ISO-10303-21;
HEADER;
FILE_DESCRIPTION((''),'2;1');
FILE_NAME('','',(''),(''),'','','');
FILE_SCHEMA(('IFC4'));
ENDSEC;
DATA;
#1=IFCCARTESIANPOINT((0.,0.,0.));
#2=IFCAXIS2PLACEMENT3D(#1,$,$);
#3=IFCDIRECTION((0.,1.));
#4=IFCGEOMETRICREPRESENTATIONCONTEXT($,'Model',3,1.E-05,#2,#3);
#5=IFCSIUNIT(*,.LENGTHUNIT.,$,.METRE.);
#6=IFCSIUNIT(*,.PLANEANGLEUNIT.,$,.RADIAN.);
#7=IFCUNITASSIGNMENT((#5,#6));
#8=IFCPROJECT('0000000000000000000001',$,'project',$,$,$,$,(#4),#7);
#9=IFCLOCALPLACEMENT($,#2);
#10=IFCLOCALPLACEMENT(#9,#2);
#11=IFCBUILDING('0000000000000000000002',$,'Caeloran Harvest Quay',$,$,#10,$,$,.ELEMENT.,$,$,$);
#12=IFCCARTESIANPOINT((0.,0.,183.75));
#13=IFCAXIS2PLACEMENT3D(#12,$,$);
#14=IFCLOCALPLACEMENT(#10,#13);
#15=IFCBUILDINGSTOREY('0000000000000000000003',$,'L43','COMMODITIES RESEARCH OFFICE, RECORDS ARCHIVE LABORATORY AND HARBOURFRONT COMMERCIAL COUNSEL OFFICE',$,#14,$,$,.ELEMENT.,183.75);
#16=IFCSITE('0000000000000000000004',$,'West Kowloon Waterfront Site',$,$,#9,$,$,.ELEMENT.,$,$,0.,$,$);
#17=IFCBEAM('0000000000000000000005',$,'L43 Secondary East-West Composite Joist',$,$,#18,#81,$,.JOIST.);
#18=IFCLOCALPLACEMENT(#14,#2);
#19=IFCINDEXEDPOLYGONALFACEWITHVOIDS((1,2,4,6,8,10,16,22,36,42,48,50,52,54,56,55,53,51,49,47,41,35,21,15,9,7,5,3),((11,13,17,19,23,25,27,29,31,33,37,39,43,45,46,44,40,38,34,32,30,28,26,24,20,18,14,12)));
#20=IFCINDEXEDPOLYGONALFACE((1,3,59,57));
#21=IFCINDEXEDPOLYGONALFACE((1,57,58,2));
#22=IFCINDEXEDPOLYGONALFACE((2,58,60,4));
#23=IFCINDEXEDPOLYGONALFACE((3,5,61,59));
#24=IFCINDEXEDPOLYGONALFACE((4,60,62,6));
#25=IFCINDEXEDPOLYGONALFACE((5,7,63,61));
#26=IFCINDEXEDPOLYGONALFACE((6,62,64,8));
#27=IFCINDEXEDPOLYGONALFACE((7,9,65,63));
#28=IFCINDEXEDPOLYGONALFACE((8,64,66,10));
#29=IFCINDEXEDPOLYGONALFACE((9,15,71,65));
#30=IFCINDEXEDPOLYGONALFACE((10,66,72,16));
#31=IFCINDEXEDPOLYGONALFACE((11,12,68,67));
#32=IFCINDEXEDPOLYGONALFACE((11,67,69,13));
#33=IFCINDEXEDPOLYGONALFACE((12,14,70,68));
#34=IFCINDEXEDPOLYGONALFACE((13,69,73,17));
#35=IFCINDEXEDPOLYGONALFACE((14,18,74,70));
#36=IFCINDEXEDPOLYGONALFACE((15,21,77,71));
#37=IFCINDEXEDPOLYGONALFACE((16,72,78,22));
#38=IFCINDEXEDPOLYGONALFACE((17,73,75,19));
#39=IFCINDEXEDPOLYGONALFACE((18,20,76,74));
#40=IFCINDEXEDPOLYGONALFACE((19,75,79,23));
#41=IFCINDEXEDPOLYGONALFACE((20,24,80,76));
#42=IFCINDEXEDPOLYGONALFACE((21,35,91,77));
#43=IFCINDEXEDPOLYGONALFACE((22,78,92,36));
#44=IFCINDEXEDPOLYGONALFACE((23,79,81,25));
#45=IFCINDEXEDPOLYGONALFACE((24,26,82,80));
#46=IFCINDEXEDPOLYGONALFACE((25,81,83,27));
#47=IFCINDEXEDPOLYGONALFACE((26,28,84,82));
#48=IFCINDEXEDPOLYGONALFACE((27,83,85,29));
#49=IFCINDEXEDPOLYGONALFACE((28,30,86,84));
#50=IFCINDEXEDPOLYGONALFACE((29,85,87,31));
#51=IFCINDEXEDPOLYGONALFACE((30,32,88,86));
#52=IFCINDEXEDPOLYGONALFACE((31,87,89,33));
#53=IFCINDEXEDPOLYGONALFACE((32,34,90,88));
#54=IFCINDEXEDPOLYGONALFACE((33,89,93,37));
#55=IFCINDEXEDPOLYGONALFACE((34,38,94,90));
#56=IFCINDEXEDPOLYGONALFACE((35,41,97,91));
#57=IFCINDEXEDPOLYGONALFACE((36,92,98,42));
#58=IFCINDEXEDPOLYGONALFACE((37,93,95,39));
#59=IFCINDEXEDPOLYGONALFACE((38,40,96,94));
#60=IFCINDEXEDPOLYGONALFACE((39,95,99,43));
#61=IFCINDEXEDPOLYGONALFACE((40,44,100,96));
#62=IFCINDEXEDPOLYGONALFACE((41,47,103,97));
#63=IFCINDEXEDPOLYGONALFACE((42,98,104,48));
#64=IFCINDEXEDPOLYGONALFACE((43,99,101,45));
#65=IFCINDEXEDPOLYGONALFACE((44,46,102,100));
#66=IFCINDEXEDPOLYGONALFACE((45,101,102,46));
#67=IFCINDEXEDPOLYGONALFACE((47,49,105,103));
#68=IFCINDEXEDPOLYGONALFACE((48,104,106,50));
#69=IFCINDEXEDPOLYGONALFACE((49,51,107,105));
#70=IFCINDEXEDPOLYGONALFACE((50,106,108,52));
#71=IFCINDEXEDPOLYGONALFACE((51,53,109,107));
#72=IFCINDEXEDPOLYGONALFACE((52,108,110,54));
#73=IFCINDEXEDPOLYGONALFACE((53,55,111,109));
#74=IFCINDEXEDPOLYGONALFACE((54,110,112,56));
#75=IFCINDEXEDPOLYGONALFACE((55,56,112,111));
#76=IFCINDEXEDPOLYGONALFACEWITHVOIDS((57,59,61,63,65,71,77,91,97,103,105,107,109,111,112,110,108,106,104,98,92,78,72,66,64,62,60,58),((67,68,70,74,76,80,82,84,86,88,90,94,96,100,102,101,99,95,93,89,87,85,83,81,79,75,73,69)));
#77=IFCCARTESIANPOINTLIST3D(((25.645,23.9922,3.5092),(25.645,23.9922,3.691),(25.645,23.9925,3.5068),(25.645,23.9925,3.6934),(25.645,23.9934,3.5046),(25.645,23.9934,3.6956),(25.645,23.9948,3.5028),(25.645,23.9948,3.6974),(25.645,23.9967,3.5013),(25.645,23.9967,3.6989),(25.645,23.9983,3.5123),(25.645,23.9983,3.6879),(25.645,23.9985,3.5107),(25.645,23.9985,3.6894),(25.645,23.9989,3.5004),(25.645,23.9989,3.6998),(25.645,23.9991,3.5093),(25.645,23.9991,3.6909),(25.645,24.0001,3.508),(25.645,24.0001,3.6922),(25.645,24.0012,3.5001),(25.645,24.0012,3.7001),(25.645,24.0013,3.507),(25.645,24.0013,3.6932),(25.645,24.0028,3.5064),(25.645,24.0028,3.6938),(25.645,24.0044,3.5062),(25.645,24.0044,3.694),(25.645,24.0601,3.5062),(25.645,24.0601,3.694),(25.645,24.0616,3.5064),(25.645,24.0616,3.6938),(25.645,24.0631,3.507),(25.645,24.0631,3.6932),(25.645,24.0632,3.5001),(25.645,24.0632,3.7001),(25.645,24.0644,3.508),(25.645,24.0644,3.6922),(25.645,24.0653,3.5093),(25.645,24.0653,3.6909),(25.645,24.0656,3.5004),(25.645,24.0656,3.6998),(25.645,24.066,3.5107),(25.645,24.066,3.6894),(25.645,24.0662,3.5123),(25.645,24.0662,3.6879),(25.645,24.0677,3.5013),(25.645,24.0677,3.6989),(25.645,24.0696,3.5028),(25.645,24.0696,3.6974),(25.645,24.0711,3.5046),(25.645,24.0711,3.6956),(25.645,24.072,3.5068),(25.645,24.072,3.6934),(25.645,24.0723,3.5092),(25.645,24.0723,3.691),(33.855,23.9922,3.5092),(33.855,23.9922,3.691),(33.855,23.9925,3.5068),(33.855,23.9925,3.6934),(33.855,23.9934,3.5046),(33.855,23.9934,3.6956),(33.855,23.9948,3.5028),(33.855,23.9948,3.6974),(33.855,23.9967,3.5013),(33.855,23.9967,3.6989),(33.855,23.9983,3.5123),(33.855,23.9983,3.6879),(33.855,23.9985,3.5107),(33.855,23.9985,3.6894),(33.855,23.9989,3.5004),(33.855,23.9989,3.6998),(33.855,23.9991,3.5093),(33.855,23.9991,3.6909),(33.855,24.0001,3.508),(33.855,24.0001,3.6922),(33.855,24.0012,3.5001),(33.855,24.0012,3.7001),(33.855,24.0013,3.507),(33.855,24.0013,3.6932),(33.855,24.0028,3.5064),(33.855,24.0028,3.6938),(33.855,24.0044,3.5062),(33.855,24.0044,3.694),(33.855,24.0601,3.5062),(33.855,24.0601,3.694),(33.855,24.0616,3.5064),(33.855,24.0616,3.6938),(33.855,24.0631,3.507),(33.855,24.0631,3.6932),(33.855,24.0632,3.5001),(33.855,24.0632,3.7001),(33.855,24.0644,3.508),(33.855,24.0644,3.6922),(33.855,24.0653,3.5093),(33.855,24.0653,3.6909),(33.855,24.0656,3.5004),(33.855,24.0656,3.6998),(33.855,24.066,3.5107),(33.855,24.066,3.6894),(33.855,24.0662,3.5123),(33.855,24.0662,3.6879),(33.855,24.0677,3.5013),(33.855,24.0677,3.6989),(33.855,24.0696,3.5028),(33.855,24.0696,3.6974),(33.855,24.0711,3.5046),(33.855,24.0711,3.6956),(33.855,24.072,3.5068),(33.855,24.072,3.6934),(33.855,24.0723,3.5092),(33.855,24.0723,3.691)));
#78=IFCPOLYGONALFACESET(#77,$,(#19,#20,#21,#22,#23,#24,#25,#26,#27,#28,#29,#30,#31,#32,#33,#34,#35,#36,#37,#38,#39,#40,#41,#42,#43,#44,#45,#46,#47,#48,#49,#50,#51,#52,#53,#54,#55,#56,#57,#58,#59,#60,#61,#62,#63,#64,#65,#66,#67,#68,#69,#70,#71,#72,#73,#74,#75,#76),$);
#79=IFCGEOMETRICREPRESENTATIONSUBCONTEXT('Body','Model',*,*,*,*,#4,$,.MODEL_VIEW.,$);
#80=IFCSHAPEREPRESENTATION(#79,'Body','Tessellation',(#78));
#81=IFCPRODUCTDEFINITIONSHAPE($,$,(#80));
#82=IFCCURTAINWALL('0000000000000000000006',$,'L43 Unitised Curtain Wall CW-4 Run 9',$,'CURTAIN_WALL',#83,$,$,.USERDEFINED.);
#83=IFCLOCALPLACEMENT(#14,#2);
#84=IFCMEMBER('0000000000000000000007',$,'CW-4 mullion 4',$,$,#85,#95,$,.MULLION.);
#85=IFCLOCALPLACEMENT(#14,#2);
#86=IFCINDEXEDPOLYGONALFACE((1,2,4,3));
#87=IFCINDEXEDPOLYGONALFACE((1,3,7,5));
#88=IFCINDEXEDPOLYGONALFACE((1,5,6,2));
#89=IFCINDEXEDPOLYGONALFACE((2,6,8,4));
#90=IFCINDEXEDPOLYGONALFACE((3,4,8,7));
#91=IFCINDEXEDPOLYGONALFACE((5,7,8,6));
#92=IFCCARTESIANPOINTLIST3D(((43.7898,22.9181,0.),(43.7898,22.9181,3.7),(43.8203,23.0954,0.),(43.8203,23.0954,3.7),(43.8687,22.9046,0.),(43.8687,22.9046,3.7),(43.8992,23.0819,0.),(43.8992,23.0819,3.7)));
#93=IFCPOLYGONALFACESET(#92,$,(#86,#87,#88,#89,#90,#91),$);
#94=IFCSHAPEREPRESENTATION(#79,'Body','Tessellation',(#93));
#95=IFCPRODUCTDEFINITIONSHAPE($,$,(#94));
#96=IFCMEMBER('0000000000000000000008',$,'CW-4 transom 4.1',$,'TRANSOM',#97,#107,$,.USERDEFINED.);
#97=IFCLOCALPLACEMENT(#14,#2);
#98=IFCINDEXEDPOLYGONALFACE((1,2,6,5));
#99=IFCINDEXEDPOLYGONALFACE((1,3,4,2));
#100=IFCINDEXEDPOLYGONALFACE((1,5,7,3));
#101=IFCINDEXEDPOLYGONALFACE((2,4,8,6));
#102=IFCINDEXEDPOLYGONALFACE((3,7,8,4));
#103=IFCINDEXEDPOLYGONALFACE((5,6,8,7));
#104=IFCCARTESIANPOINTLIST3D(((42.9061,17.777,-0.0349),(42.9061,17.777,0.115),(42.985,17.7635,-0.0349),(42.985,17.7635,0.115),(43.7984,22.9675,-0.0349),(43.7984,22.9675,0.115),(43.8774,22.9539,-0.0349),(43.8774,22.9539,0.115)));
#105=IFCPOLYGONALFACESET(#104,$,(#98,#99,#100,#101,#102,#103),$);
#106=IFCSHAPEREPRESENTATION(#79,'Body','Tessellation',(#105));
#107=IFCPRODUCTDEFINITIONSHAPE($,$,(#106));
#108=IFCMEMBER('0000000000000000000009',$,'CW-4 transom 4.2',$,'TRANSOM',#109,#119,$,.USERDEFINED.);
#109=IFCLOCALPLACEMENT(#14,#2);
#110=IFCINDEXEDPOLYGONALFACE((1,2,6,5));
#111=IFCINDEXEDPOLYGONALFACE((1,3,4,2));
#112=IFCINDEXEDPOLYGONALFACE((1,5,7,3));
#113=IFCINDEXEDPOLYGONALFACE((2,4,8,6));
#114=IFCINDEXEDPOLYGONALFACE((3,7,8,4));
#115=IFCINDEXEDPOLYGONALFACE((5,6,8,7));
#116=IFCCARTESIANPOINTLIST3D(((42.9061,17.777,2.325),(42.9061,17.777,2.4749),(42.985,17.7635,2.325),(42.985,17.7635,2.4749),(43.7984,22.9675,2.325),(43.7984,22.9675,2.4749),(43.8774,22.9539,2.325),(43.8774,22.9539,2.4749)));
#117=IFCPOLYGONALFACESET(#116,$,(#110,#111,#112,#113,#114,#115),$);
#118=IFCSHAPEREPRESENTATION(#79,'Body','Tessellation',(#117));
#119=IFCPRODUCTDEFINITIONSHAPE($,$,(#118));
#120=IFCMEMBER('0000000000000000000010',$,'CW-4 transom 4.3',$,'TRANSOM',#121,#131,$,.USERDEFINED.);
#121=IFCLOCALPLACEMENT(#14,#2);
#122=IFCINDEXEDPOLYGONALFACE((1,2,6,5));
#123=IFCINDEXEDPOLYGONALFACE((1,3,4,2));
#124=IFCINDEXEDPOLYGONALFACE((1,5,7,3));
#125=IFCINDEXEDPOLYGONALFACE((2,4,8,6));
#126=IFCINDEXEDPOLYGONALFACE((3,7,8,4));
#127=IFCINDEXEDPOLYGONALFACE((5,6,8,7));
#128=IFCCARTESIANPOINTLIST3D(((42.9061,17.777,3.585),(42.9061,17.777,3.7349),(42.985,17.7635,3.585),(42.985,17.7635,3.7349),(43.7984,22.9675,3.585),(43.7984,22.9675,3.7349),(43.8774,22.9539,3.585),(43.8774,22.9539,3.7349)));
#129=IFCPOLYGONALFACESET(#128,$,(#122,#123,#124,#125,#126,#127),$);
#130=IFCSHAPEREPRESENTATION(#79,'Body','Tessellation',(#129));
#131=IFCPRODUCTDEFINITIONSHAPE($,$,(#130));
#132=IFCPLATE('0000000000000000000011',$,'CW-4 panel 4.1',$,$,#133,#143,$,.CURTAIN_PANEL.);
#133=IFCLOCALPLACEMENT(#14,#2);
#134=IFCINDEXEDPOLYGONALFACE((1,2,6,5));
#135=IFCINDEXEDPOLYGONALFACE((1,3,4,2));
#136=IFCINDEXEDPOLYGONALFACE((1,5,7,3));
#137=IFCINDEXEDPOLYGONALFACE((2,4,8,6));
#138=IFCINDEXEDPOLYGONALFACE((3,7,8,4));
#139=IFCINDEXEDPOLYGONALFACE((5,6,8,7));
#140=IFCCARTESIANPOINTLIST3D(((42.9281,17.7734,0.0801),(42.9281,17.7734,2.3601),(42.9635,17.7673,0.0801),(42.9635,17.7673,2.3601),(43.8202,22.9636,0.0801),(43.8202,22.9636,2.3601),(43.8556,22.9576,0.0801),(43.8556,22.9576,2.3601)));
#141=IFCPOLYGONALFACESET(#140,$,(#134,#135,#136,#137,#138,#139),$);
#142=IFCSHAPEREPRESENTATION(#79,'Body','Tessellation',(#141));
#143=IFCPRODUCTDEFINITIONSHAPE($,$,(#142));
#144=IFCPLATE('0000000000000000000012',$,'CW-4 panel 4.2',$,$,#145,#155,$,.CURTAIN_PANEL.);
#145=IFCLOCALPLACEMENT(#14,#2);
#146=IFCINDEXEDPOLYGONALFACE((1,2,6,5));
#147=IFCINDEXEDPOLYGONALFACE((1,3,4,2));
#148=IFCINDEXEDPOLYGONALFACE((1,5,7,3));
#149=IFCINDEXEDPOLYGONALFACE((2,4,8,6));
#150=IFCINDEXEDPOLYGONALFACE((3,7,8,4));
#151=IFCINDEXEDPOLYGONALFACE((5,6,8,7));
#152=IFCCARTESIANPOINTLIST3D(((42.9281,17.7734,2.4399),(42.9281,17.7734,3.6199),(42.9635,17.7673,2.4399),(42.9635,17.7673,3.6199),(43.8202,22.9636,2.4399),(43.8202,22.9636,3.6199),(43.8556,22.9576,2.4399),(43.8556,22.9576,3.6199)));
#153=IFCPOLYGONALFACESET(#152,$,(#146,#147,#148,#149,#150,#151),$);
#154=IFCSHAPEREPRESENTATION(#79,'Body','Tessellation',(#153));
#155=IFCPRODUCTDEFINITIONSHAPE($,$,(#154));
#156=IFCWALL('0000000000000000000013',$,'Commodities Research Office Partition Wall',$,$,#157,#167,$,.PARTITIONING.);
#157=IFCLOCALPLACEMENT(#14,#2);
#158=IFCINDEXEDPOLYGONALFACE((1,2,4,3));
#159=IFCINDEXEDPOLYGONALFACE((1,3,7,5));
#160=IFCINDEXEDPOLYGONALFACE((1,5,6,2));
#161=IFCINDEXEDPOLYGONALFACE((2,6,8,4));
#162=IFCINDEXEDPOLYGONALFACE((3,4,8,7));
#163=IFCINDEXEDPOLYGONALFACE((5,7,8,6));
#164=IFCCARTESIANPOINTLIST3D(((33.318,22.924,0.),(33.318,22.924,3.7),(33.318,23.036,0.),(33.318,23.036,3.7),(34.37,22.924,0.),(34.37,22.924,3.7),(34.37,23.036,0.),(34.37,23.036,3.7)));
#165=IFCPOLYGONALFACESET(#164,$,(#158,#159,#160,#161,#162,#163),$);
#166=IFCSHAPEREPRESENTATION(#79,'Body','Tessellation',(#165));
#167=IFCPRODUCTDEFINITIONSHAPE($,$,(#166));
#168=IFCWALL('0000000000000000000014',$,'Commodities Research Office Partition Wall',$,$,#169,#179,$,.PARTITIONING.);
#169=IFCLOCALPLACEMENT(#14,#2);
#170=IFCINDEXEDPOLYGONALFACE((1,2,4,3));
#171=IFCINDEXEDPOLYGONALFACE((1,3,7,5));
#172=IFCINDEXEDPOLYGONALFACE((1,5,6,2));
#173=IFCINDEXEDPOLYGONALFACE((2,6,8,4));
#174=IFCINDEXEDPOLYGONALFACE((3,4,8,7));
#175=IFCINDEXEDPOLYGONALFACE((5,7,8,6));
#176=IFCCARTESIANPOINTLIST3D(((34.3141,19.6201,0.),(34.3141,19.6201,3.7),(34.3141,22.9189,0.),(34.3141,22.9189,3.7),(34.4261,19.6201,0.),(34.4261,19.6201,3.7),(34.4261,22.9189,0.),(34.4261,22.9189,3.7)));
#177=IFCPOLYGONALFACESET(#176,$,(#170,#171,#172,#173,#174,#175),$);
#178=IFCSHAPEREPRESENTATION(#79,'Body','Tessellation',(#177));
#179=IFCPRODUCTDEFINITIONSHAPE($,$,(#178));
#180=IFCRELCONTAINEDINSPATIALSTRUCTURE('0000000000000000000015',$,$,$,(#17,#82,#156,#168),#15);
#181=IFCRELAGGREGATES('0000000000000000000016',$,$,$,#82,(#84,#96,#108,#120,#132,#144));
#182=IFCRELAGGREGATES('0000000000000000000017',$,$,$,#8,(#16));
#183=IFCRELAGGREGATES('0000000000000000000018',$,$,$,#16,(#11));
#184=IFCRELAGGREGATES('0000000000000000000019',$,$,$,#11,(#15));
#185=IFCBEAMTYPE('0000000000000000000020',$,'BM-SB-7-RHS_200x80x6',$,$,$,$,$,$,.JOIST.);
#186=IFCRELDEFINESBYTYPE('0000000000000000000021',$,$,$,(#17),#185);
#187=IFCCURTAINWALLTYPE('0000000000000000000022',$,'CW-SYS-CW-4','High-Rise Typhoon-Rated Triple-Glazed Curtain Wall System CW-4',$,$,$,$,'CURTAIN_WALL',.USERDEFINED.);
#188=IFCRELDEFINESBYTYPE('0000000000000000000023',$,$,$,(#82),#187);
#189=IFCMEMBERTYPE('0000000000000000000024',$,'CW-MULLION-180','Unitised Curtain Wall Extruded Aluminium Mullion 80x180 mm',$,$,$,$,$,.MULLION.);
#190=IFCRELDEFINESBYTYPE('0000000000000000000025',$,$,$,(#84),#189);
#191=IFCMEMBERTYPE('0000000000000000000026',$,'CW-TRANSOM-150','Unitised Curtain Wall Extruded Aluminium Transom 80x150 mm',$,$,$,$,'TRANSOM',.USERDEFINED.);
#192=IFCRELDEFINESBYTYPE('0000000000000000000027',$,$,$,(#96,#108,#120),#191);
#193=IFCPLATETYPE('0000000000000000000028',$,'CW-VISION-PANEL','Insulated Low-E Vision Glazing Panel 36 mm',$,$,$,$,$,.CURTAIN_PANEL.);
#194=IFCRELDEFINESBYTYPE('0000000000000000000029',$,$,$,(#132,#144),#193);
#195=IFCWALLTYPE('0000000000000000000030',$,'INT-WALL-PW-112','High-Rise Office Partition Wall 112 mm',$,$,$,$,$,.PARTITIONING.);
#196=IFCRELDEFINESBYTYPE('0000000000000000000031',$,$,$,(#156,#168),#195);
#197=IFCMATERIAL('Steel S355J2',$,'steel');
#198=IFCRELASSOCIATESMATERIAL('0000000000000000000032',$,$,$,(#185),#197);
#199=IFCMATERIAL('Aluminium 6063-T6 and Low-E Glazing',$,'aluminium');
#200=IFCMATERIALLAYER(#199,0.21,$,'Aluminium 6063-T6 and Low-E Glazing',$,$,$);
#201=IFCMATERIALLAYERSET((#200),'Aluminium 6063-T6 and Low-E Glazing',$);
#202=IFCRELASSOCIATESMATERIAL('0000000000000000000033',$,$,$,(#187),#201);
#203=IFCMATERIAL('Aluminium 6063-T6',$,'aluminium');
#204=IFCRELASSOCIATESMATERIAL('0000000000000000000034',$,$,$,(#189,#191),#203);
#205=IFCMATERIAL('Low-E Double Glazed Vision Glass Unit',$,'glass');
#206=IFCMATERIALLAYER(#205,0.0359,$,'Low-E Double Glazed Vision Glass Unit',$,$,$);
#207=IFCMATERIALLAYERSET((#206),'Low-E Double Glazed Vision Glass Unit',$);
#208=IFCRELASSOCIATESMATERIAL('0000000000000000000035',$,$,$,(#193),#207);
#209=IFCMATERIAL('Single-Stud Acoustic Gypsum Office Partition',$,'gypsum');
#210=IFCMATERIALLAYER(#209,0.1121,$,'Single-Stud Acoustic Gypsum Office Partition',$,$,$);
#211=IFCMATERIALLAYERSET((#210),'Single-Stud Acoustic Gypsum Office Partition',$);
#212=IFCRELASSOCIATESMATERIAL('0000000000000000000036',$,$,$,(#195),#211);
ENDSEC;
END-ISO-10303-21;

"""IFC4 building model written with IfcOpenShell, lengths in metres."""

from ifc_helpers import new_model, si_unit, direction, frame, frame_2d, origin, origin_2d, place, context, subcontext, project, spatial, rectangle, hollow_rectangle, extrude, material, layer, layer_set, material_profile, profile_set, type_object, element, aggregate, save


model = new_model("IFC4")

# Units and contexts
model_context = context("Model", 3, precision=1e-05, world=origin(), true_north=direction((0.0, 1.0)))
body_context = subcontext(model_context, "Body", "Model", "MODEL_VIEW")
ifc_project = project(units=[si_unit("LENGTHUNIT", "METRE"), si_unit("PLANEANGLEUNIT", "RADIAN")], contexts=[model_context])

# Site, building, storey
site_placement = place(None, origin())
site = spatial("IfcSite", under=ifc_project, at=site_placement, Name="West Kowloon Waterfront Site", CompositionType="ELEMENT", RefElevation=0.0)
building_placement = place(site_placement, origin())
building = spatial("IfcBuilding", under=site, at=building_placement, Name="Caeloran Harvest Quay", CompositionType="ELEMENT")
storey_placement = place(building_placement, frame((0.0, 0.0, 183.75)))
storey = spatial("IfcBuildingStorey", under=building, at=storey_placement, Name="L43", Description="COMMODITIES RESEARCH OFFICE, RECORDS ARCHIVE LABORATORY AND HARBOURFRONT COMMERCIAL COUNSEL OFFICE", CompositionType="ELEMENT", Elevation=183.75)

# Beam
ifc_material_1 = material(Name="Steel S355J2", Category="steel")
ifc_material_profile_1 = material_profile(ifc_material_1, hollow_rectangle(XDim=0.0801, YDim=0.2, WallThickness=0.0061, InnerFilletRadius=0.0061, OuterFilletRadius=0.009, at=origin_2d()), Name="RHS 200x80x6")
ifc_profile_set_1 = profile_set([ifc_material_profile_1], Name="Steel S355J2")
beam_type_1 = type_object("IfcBeamType", Name="BM-SB-7-RHS_200x80x6", PredefinedType="JOIST", material=ifc_profile_set_1)
for number, where, z_axis, x_axis, name in (
    (1, (25.645, 24.0322, 3.6001), (1.0, 0.0, 0.0), (0.0, 1.0, 0.0), "L43 Secondary East-West Composite Joist"),
):
    element("IfcBeam", number, at=place(storey_placement, frame(where, z_axis=z_axis, x_axis=x_axis)), inside=storey, type_object=beam_type_1, Name=name, PredefinedType="JOIST", context=body_context, shape_type="SweptSolid", body=[
        extrude(hollow_rectangle(XDim=0.0801, YDim=0.2, WallThickness=0.0061, InnerFilletRadius=0.0061, OuterFilletRadius=0.009, at=origin_2d()), origin(), (0.0, 0.0, 1.0), 8.21),
    ])

# Curtain wall, members, plates
ifc_material_2 = material(Name="Aluminium 6063-T6 and Low-E Glazing", Category="aluminium")
ifc_layer_1 = layer(ifc_material_2, 0.21, Name="Aluminium 6063-T6 and Low-E Glazing")
ifc_layer_set_1 = layer_set([ifc_layer_1], Name="Aluminium 6063-T6 and Low-E Glazing")
curtain_wall_type = type_object("IfcCurtainWallType", Name="CW-SYS-CW-4", Description="High-Rise Typhoon-Rated Triple-Glazed Curtain Wall System CW-4", ElementType="CURTAIN_WALL", PredefinedType="USERDEFINED", material=ifc_layer_set_1)
curtain_wall_placement = place(storey_placement, origin())
curtain_wall = element("IfcCurtainWall", 2, at=curtain_wall_placement, inside=storey, type_object=curtain_wall_type, Name="L43 Unitised Curtain Wall CW-4 Run 9", ObjectType="CURTAIN_WALL", PredefinedType="USERDEFINED")
ifc_material_3 = material(Name="Aluminium 6063-T6", Category="aluminium")
ifc_material_profile_2 = material_profile(ifc_material_3, rectangle(XDim=0.0801, YDim=0.1799, at=origin_2d()), Name="CW-MULLION-180")
ifc_profile_set_2 = profile_set([ifc_material_profile_2], Name="Aluminium 6063-T6")
member_type_1 = type_object("IfcMemberType", Name="CW-MULLION-180", Description="Unitised Curtain Wall Extruded Aluminium Mullion 80x180 mm", PredefinedType="MULLION", material=ifc_profile_set_2)
member_1_placement = place(storey_placement, frame((43.8445, 23.0, 0.0), z_axis=(0.0, 0.0, 1.0), x_axis=(0.985549, -0.169392, 0.0)))
member_1 = element("IfcMember", 3, at=member_1_placement, type_object=member_type_1, Name="CW-4 mullion 4", PredefinedType="MULLION", context=body_context, shape_type="SweptSolid", body=[
    extrude(rectangle(XDim=0.0801, YDim=0.1799, at=origin_2d()), origin(), (0.0, 0.0, 1.0), 3.7),
])
ifc_material_profile_3 = material_profile(ifc_material_3, rectangle(XDim=0.0801, YDim=0.1499, at=origin_2d()), Name="CW-TRANSOM-150")
ifc_profile_set_3 = profile_set([ifc_material_profile_3], Name="Aluminium 6063-T6")
member_type_2 = type_object("IfcMemberType", Name="CW-TRANSOM-150", Description="Unitised Curtain Wall Extruded Aluminium Transom 80x150 mm", ElementType="TRANSOM", PredefinedType="USERDEFINED", material=ifc_profile_set_3)
member_2_placement = place(storey_placement, frame((43.8379, 22.9607, 0.04), z_axis=(-0.169433, -0.985542, 0.0), x_axis=(0.985542, -0.169433, 0.0)))
member_2 = element("IfcMember", 4, at=member_2_placement, type_object=member_type_2, Name="CW-4 transom 4.1", ObjectType="TRANSOM", PredefinedType="USERDEFINED", context=body_context, shape_type="SweptSolid", body=[
    extrude(rectangle(XDim=0.0801, YDim=0.1499, at=origin_2d()), origin(), (0.0, 0.0, 1.0), 5.2666),
])
member_3_placement = place(storey_placement, frame((43.8379, 22.9607, 2.3999), z_axis=(-0.169433, -0.985542, 0.0), x_axis=(0.985542, -0.169433, 0.0)))
member_3 = element("IfcMember", 5, at=member_3_placement, type_object=member_type_2, Name="CW-4 transom 4.2", ObjectType="TRANSOM", PredefinedType="USERDEFINED", context=body_context, shape_type="SweptSolid", body=[
    extrude(rectangle(XDim=0.0801, YDim=0.1499, at=origin_2d()), origin(), (0.0, 0.0, 1.0), 5.2666),
])
member_4_placement = place(storey_placement, frame((43.8379, 22.9607, 3.6599), z_axis=(-0.169433, -0.985542, 0.0), x_axis=(0.985542, -0.169433, 0.0)))
member_4 = element("IfcMember", 6, at=member_4_placement, type_object=member_type_2, Name="CW-4 transom 4.3", ObjectType="TRANSOM", PredefinedType="USERDEFINED", context=body_context, shape_type="SweptSolid", body=[
    extrude(rectangle(XDim=0.0801, YDim=0.1499, at=origin_2d()), origin(), (0.0, 0.0, 1.0), 5.2666),
])
ifc_material_4 = material(Name="Low-E Double Glazed Vision Glass Unit", Category="glass")
ifc_layer_2 = layer(ifc_material_4, 0.0359, Name="Low-E Double Glazed Vision Glass Unit")
ifc_layer_set_2 = layer_set([ifc_layer_2], Name="Low-E Double Glazed Vision Glass Unit")
plate_type = type_object("IfcPlateType", Name="CW-VISION-PANEL", Description="Insulated Low-E Vision Glazing Panel 36 mm", PredefinedType="CURTAIN_PANEL", material=ifc_layer_set_2)
plate_1_placement = place(storey_placement, frame((43.3918, 20.3655, 0.0801), z_axis=(0.0, 0.0, 1.0), x_axis=(-0.169392, -0.985549, 0.0)))
plate_1 = element("IfcPlate", 7, at=plate_1_placement, type_object=plate_type, Name="CW-4 panel 4.1", PredefinedType="CURTAIN_PANEL", context=body_context, shape_type="SweptSolid", body=[
    extrude(rectangle(XDim=5.2664, YDim=0.0359, at=origin_2d()), origin(), (0.0, 0.0, 1.0), 2.28),
])
plate_2_placement = place(storey_placement, frame((43.3918, 20.3655, 2.4399), z_axis=(0.0, 0.0, 1.0), x_axis=(-0.169392, -0.985549, 0.0)))
plate_2 = element("IfcPlate", 8, at=plate_2_placement, type_object=plate_type, Name="CW-4 panel 4.2", PredefinedType="CURTAIN_PANEL", context=body_context, shape_type="SweptSolid", body=[
    extrude(rectangle(XDim=5.2664, YDim=0.0359, at=origin_2d()), origin(), (0.0, 0.0, 1.0), 1.1799),
])
aggregate(curtain_wall, [member_1, member_2, member_3, member_4, plate_1, plate_2])

# Walls
ifc_material_5 = material(Name="Single-Stud Acoustic Gypsum Office Partition", Category="gypsum")
ifc_layer_3 = layer(ifc_material_5, 0.1121, Name="Single-Stud Acoustic Gypsum Office Partition")
ifc_layer_set_3 = layer_set([ifc_layer_3], Name="Single-Stud Acoustic Gypsum Office Partition")
wall_type_1 = type_object("IfcWallType", Name="INT-WALL-PW-112", Description="High-Rise Office Partition Wall 112 mm", PredefinedType="PARTITIONING", material=ifc_layer_set_3)
wall_1_placement = place(storey_placement, frame((33.3181, 22.98, 0.0), z_axis=(0.0, 0.0, 1.0), x_axis=(1.0, 0.0, 0.0)))
element("IfcWall", 9, at=wall_1_placement, inside=storey, type_object=wall_type_1, Name="Commodities Research Office Partition Wall", PredefinedType="PARTITIONING", context=body_context, shape_type="SweptSolid", body=[
    extrude(rectangle(XDim=1.052, YDim=0.1121, at=frame_2d((0.5259, 0.0))), origin(), (0.0, 0.0, 1.0), 3.7),
])
wall_2_placement = place(storey_placement, frame((34.3701, 22.9189, 0.0), z_axis=(0.0, 0.0, 1.0), x_axis=(0.0, -1.0, 0.0)))
element("IfcWall", 10, at=wall_2_placement, inside=storey, type_object=wall_type_1, Name="Commodities Research Office Partition Wall", PredefinedType="PARTITIONING", context=body_context, shape_type="SweptSolid", body=[
    extrude(rectangle(XDim=3.2988, YDim=0.1121, at=frame_2d((1.6494, 0.0))), origin(), (0.0, 0.0, 1.0), 3.7),
])

save(model, "model.ifc")
